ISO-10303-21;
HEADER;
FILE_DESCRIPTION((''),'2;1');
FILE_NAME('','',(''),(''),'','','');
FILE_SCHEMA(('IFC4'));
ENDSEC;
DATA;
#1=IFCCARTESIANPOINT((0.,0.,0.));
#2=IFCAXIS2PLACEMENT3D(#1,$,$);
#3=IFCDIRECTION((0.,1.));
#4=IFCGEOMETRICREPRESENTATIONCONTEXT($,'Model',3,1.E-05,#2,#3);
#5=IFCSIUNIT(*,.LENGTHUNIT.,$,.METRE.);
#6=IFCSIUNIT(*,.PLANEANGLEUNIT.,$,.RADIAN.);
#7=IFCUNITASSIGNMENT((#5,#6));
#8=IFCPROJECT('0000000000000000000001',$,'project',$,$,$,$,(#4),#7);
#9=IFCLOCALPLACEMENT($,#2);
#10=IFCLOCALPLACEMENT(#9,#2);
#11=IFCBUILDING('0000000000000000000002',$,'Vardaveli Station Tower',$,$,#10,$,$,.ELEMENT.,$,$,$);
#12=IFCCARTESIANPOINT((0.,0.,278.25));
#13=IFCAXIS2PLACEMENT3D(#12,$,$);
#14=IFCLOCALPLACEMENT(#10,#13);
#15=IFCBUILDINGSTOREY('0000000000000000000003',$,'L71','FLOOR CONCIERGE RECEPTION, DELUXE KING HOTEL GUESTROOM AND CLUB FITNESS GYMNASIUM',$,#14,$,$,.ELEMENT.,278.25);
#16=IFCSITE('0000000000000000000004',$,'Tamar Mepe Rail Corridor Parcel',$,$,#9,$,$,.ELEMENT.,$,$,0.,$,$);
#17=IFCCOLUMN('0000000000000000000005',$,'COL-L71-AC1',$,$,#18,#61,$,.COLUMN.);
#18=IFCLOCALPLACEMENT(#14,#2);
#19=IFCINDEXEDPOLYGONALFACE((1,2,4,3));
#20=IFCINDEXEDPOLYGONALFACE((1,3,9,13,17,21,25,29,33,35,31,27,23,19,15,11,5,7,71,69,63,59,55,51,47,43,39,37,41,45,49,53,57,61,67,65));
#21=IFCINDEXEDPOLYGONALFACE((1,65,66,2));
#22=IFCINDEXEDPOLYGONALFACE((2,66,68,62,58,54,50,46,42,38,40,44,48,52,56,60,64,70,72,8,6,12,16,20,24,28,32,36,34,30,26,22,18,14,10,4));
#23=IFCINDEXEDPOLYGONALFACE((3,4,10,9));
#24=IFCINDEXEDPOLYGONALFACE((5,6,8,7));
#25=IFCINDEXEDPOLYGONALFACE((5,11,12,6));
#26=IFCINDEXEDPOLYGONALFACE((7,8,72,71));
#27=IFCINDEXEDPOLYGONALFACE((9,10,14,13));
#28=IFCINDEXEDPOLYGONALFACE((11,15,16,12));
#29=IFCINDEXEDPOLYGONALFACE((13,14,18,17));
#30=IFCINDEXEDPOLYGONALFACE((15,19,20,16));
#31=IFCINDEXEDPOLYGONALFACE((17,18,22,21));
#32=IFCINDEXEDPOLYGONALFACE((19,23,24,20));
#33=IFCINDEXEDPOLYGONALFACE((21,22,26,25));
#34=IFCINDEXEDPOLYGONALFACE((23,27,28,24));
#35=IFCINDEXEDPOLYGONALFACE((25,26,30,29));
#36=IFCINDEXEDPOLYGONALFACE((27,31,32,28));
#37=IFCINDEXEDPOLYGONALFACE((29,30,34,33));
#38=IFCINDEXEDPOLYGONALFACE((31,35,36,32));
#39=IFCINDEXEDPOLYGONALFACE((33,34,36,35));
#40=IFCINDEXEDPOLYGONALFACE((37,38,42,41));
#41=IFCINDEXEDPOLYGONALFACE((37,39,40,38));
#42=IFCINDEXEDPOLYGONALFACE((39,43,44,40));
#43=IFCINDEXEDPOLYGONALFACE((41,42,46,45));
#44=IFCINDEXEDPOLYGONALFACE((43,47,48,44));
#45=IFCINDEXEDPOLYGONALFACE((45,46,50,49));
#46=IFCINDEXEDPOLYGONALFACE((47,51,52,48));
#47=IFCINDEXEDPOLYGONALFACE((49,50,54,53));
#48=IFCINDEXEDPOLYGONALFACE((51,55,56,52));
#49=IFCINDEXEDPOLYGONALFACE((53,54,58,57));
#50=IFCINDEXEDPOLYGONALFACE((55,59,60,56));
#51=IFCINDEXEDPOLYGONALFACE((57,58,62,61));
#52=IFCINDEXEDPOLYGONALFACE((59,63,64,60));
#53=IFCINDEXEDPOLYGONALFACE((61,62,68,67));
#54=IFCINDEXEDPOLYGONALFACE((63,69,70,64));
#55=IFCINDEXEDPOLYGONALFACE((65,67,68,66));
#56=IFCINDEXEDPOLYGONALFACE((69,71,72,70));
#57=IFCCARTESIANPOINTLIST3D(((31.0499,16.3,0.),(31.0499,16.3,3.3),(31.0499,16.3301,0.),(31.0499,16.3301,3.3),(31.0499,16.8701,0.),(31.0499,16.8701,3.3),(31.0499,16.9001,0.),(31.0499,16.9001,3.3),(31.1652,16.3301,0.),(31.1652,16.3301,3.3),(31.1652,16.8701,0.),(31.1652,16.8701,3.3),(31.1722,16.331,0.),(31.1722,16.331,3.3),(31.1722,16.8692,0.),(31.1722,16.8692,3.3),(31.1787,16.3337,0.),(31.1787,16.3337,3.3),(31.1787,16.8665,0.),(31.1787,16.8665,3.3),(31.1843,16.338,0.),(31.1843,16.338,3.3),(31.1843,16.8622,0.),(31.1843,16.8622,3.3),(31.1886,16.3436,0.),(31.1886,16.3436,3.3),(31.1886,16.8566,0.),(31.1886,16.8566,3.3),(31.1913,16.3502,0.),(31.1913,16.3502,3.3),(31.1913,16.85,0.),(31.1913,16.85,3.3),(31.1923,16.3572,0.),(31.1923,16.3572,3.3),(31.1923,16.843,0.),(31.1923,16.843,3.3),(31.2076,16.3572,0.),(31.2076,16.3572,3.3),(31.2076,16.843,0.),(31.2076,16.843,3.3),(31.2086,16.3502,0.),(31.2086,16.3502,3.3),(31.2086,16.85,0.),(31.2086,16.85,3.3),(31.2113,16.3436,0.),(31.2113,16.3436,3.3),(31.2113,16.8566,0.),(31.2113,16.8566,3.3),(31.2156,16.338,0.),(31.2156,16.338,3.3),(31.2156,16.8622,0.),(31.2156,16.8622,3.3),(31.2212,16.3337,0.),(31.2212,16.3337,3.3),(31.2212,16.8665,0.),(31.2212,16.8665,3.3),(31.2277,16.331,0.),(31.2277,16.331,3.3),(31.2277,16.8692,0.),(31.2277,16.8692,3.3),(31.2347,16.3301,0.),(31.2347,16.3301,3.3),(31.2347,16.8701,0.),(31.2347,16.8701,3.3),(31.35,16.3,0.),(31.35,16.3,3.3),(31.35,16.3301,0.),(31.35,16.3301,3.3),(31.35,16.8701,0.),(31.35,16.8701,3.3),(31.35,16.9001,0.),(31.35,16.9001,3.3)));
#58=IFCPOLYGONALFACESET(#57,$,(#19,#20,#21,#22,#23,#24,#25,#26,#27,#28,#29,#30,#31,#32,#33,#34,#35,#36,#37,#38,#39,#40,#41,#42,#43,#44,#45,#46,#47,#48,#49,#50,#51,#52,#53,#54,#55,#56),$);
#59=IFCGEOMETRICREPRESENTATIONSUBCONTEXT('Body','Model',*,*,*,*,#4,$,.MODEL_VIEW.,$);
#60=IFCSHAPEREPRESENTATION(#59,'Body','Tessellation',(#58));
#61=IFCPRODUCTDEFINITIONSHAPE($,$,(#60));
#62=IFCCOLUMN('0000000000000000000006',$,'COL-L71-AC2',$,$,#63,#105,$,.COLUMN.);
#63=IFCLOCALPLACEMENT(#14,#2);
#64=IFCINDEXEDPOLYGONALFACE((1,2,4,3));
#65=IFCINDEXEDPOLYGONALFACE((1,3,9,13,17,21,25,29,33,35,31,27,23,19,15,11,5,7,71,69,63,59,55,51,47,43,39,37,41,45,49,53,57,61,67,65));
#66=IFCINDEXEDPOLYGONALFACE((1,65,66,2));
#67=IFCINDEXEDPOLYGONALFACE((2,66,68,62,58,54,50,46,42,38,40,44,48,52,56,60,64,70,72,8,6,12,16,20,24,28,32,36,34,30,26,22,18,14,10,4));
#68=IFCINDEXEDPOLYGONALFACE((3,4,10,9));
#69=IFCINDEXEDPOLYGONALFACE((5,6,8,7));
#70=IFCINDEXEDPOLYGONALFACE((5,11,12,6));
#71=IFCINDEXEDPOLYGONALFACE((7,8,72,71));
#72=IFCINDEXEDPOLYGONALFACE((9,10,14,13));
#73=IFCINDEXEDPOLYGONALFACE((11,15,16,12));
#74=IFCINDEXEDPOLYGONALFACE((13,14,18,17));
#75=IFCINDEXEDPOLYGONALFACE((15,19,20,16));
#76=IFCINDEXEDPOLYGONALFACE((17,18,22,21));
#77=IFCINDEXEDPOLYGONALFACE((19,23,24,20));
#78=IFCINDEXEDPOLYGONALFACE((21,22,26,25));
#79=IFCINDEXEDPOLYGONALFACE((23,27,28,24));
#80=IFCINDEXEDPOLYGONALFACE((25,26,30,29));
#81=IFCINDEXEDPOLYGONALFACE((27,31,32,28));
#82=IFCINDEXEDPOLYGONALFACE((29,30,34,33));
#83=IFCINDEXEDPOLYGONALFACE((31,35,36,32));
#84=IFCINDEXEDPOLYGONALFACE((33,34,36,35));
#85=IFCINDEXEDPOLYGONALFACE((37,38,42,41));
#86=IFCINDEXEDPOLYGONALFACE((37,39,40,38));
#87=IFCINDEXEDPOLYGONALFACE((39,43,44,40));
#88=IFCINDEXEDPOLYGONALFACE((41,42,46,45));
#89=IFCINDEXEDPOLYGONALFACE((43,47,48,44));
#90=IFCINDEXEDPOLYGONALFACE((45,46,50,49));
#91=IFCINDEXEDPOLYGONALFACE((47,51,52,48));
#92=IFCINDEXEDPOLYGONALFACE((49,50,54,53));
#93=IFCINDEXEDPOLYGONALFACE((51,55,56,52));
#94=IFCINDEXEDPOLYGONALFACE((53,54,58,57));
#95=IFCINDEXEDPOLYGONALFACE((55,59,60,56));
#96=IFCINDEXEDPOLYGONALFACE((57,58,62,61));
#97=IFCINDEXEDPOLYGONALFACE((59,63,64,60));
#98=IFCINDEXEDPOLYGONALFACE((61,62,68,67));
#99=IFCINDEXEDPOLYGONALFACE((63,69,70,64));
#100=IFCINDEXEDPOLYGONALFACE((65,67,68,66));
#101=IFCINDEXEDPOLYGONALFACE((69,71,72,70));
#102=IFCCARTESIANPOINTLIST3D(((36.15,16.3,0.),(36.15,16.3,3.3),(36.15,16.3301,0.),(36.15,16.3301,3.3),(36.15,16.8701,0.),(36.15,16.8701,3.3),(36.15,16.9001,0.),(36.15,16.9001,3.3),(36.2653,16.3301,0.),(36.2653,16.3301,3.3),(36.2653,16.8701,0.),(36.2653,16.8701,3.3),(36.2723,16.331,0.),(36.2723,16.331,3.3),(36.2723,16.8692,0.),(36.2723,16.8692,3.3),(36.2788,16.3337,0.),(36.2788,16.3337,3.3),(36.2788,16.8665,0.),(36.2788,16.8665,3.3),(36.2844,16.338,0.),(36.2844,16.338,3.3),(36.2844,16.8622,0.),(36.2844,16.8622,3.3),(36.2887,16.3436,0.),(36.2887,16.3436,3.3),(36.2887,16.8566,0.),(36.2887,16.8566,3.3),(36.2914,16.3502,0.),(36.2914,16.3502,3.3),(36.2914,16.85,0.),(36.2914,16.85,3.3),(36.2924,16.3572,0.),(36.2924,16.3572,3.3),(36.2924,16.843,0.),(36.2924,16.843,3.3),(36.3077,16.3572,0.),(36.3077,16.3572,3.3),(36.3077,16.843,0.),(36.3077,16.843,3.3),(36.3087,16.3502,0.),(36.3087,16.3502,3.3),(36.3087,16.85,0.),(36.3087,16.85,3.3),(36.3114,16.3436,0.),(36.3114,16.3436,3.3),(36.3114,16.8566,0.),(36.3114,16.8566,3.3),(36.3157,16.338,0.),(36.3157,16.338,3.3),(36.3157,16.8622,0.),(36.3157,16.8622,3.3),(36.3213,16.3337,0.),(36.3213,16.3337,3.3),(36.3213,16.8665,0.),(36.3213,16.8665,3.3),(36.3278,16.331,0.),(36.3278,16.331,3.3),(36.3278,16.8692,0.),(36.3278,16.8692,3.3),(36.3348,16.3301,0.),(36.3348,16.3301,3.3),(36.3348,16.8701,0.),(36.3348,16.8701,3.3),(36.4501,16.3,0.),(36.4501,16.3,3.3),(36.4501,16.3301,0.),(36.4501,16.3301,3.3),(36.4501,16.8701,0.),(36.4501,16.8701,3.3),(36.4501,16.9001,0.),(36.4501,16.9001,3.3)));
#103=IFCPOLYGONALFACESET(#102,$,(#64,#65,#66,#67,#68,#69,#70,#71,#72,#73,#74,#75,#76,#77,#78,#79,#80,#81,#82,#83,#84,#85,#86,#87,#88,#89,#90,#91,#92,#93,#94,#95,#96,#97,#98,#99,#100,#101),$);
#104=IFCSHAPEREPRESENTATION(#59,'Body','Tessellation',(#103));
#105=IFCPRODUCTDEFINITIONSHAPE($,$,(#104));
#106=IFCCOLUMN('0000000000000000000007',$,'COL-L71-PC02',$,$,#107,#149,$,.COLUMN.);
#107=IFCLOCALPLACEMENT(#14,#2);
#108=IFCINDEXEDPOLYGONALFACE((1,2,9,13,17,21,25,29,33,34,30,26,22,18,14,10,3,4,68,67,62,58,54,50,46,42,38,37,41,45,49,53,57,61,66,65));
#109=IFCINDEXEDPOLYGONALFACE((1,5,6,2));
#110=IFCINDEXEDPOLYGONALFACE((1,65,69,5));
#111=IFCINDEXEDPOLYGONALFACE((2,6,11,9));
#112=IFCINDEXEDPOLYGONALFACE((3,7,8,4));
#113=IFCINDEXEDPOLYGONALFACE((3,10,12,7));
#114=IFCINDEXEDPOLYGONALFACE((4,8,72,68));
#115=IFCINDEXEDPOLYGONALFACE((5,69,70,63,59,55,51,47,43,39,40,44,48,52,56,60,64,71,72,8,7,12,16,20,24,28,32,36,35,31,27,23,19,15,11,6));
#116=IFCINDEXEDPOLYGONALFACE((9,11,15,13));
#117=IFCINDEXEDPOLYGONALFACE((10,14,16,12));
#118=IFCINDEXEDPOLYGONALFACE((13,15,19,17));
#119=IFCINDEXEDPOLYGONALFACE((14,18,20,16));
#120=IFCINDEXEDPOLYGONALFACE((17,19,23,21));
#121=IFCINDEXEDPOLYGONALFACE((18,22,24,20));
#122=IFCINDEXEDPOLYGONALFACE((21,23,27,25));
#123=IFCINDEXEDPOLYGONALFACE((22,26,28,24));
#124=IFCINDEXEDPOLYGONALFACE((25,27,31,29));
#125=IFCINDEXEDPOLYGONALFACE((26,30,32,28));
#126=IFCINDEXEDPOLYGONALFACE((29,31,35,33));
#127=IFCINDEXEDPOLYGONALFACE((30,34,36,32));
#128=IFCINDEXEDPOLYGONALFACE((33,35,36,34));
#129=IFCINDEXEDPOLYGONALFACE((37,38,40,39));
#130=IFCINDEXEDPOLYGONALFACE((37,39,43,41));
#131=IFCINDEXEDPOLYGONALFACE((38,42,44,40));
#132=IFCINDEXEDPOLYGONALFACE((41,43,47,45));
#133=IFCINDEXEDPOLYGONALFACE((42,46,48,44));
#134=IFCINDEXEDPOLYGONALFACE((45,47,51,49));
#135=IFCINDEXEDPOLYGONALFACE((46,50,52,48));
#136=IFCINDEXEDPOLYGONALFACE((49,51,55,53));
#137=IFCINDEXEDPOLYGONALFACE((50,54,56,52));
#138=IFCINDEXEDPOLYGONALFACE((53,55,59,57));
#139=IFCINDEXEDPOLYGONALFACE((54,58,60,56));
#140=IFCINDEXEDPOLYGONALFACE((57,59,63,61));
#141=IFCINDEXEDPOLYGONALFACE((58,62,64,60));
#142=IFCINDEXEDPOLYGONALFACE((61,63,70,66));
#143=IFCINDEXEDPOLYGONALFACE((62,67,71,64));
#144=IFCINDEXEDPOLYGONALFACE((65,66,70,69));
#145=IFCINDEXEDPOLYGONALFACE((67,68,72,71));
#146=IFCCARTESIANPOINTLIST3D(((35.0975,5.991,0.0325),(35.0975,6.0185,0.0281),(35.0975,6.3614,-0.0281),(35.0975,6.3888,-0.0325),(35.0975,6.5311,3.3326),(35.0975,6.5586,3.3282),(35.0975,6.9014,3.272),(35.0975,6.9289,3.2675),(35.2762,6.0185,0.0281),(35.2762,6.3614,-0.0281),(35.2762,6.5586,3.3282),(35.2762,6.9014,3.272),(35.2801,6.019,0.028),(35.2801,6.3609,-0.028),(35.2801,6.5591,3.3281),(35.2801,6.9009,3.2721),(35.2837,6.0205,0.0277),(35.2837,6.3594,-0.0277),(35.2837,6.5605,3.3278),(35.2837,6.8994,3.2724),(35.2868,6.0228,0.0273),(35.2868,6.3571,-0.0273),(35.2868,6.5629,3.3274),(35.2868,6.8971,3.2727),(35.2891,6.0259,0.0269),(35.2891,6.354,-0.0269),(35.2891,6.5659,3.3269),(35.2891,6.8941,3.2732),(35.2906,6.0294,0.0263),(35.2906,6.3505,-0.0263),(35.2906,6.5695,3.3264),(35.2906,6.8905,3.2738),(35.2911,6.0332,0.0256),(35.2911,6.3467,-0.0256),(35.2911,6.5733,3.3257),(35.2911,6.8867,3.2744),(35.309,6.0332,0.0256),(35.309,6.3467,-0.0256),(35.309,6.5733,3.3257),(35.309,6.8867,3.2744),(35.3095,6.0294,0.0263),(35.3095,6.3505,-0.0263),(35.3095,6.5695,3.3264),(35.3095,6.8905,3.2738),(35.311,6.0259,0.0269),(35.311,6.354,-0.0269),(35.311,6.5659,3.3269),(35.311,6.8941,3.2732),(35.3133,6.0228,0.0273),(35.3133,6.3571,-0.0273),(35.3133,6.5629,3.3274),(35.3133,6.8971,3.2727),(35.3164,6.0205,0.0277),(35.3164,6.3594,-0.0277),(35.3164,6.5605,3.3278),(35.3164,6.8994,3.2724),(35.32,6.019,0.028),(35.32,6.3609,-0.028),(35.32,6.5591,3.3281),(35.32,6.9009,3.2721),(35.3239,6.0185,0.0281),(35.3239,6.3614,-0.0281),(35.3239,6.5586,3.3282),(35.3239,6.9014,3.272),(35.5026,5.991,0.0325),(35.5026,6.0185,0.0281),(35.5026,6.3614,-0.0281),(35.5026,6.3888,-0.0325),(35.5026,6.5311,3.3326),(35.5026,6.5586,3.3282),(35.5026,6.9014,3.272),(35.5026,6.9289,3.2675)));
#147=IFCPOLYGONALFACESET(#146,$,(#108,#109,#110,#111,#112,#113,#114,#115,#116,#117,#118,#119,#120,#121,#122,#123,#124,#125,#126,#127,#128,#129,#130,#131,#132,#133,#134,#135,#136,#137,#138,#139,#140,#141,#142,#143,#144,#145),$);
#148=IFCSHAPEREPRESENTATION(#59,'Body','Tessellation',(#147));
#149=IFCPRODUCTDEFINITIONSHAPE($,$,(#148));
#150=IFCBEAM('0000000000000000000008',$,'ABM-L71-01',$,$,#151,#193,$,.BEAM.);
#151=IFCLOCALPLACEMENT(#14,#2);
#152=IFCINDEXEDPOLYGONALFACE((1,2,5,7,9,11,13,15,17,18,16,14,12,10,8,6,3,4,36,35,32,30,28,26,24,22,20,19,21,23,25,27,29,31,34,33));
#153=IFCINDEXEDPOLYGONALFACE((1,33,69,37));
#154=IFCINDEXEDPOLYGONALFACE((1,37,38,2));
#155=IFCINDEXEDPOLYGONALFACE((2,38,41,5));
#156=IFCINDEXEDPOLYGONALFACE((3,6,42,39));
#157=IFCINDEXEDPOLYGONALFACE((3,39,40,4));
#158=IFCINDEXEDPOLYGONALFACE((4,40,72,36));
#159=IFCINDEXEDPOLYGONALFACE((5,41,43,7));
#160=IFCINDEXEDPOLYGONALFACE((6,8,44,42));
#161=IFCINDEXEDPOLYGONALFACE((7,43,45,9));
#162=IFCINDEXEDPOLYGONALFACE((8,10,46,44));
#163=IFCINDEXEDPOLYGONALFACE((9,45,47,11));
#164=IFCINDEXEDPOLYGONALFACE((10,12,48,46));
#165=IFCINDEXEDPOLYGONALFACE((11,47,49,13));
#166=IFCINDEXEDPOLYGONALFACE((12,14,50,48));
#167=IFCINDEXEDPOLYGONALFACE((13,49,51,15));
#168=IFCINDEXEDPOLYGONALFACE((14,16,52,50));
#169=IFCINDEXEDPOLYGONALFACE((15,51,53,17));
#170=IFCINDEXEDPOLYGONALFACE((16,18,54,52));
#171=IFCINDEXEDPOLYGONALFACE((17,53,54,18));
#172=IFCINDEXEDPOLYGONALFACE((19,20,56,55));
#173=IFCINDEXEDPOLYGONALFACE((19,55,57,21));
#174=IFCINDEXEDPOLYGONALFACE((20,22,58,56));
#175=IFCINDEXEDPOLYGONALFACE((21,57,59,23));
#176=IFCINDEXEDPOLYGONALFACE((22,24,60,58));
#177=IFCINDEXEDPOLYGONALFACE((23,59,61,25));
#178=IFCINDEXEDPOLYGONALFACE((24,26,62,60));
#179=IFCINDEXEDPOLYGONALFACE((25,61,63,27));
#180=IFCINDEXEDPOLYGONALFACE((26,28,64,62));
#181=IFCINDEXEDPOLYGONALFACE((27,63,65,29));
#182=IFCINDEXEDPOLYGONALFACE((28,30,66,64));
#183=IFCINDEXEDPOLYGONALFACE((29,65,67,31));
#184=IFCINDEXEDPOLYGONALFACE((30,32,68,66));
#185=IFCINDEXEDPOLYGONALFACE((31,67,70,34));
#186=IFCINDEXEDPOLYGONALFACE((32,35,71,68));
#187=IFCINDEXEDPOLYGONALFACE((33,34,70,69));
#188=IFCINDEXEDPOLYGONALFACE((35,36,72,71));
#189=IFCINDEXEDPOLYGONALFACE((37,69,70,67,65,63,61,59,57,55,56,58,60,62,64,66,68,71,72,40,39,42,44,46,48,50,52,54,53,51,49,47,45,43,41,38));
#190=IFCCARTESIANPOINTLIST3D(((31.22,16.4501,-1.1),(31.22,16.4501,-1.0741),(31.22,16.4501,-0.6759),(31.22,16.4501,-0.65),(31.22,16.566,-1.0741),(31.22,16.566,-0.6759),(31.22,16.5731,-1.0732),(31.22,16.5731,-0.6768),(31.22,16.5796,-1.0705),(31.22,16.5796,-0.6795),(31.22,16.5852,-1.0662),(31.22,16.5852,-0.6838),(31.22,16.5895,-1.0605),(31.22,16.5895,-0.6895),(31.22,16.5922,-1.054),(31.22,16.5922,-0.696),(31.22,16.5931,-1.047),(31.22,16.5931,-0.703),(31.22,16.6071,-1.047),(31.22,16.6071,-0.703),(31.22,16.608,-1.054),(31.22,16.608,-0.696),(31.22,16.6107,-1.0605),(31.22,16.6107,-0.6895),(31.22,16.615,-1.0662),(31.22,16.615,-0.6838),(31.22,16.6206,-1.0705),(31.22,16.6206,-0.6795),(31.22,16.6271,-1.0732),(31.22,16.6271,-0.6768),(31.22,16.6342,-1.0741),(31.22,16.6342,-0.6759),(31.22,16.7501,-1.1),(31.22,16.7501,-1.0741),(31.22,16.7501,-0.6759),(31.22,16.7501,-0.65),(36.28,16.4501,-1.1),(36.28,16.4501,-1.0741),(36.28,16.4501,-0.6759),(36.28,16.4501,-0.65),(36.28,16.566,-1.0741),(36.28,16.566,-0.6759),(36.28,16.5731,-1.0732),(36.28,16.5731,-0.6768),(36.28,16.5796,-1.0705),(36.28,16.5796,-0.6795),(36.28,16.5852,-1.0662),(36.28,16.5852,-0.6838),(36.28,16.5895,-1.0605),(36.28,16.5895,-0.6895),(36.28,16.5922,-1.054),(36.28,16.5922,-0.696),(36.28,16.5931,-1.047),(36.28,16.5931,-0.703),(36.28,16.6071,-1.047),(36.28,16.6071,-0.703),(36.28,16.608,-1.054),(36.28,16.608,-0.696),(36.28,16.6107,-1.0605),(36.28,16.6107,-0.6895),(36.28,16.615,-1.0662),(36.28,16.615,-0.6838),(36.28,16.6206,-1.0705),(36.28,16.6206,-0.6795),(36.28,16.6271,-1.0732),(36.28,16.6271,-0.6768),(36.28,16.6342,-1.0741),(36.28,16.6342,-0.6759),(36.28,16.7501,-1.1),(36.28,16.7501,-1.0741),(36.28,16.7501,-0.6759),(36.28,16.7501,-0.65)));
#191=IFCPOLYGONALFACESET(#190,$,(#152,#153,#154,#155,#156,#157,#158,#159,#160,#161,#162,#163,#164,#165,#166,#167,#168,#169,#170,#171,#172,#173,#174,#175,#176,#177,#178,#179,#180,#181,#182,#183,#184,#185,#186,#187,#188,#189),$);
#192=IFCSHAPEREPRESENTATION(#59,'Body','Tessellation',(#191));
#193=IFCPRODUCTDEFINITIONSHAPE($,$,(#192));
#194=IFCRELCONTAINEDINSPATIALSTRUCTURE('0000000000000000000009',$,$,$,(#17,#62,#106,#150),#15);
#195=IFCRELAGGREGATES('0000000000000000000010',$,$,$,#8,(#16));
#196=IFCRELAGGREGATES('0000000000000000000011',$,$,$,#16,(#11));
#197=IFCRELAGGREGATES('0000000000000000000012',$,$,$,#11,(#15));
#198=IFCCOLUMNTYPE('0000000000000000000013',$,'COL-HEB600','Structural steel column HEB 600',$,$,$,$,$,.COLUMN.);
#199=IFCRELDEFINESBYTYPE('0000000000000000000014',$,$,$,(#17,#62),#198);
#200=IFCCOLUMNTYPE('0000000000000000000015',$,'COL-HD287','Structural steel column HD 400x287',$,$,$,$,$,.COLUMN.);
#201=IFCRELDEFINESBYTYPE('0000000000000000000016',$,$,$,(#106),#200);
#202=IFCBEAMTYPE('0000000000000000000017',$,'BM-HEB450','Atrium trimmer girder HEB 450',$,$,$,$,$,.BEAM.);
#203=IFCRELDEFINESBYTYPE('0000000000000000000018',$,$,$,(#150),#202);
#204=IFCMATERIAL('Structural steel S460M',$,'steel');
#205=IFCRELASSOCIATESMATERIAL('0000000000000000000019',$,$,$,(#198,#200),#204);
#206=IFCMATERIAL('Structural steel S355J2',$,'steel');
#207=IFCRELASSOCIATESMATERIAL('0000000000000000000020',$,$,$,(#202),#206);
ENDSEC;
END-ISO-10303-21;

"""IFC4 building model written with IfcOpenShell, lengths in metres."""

from ifc_helpers import new_model, si_unit, direction, frame, origin, origin_2d, place, context, subcontext, project, spatial, i_section, extrude, source, transform, mapped, material, material_profile, profile_set, type_object, element, save


model = new_model("IFC4")

# Units and contexts
model_context = context("Model", 3, precision=1e-05, world=origin(), true_north=direction((0.0, 1.0)))
body_context = subcontext(model_context, "Body", "Model", "MODEL_VIEW")
ifc_project = project(units=[si_unit("LENGTHUNIT", "METRE"), si_unit("PLANEANGLEUNIT", "RADIAN")], contexts=[model_context])

# Site, building, storey
site_placement = place(None, origin())
site = spatial("IfcSite", under=ifc_project, at=site_placement, Name="Tamar Mepe Rail Corridor Parcel", CompositionType="ELEMENT", RefElevation=0.0)
building_placement = place(site_placement, origin())
building = spatial("IfcBuilding", under=site, at=building_placement, Name="Vardaveli Station Tower", CompositionType="ELEMENT")
storey_placement = place(building_placement, frame((0.0, 0.0, 278.25)))
storey = spatial("IfcBuildingStorey", under=building, at=storey_placement, Name="L71", Description="FLOOR CONCIERGE RECEPTION, DELUXE KING HOTEL GUESTROOM AND CLUB FITNESS GYMNASIUM", CompositionType="ELEMENT", Elevation=278.25)

# Columns
ifc_material_1 = material(Name="Structural steel S460M", Category="steel")
ifc_material_profile_1 = material_profile(ifc_material_1, i_section(OverallWidth=0.3, OverallDepth=0.6001, WebThickness=0.0154, FlangeThickness=0.03, FilletRadius=0.0271, at=origin_2d()), Name="HEB 600")
ifc_profile_set_1 = profile_set([ifc_material_profile_1], Name="Structural steel S460M")
column_type_1 = type_object("IfcColumnType", Name="COL-HEB600", Description="Structural steel column HEB 600", PredefinedType="COLUMN", material=ifc_profile_set_1)
shared_shape_1 = source(origin(), body_context, "Body", "SweptSolid", [
    extrude(i_section(OverallWidth=0.3, OverallDepth=0.6001, WebThickness=0.0154, FlangeThickness=0.03, FilletRadius=0.0271, at=origin_2d()), origin(), (0.0, 0.0, 1.0), 3.3),
])
for number, where, z_axis, x_axis, name in (
    (1, (31.2, 16.6001, 0.0), (0.0, 0.0, 1.0), (1.0, 0.0, 0.0), "COL-L71-AC1"),
    (2, (36.3, 16.6001, 0.0), (0.0, 0.0, 1.0), (1.0, 0.0, 0.0), "COL-L71-AC2"),
):
    element("IfcColumn", number, at=place(storey_placement, frame(where, z_axis=z_axis, x_axis=x_axis)), inside=storey, type_object=column_type_1, Name=name, PredefinedType="COLUMN", context=body_context, shape_type="MappedRepresentation", body=[
        mapped(shared_shape_1, transform((0.0, 0.0, 0.0), scale=1.0)),
    ])
ifc_material_profile_2 = material_profile(ifc_material_1, i_section(OverallWidth=0.405, OverallDepth=0.4031, WebThickness=0.0178, FlangeThickness=0.0278, FilletRadius=0.0149, at=origin_2d()), Name="HD 400x287")
ifc_profile_set_2 = profile_set([ifc_material_profile_2], Name="Structural steel S460M")
column_type_2 = type_object("IfcColumnType", Name="COL-HD287", Description="Structural steel column HD 400x287", PredefinedType="COLUMN", material=ifc_profile_set_2)
shared_shape_2 = source(origin(), body_context, "Body", "SweptSolid", [
    extrude(i_section(OverallWidth=0.405, OverallDepth=0.4031, WebThickness=0.0178, FlangeThickness=0.0278, FilletRadius=0.0149, at=origin_2d()), origin(), (0.0, 0.0, 1.0), 3.344),
])
column_placement = place(storey_placement, frame((35.3, 6.1899, 0.0), z_axis=(0.0, 0.161498, 0.986873), x_axis=(-1.0, 0.0, 0.0)))
element("IfcColumn", 3, at=column_placement, inside=storey, type_object=column_type_2, Name="COL-L71-PC02", PredefinedType="COLUMN", context=body_context, shape_type="MappedRepresentation", body=[
    mapped(shared_shape_2, transform((0.0, 0.0, 0.0), scale=1.0)),
])

# Beam
ifc_material_2 = material(Name="Structural steel S355J2", Category="steel")
ifc_material_profile_3 = material_profile(ifc_material_2, i_section(OverallWidth=0.3, OverallDepth=0.45, WebThickness=0.0139, FlangeThickness=0.0259, FilletRadius=0.0271, at=origin_2d()), Name="HEB 450")
ifc_profile_set_3 = profile_set([ifc_material_profile_3], Name="Structural steel S355J2")
beam_type_1 = type_object("IfcBeamType", Name="BM-HEB450", Description="Atrium trimmer girder HEB 450", PredefinedType="BEAM", material=ifc_profile_set_3)
shared_shape_3 = source(origin(), body_context, "Body", "SweptSolid", [
    extrude(i_section(OverallWidth=0.3, OverallDepth=0.45, WebThickness=0.0139, FlangeThickness=0.0259, FilletRadius=0.0271, at=origin_2d()), origin(), (0.0, 0.0, 1.0), 5.0601),
])
beam_1_placement = place(storey_placement, frame((31.22, 16.6001, -0.875), z_axis=(1.0, 0.0, 0.0), x_axis=(0.0, 1.0, 0.0)))
element("IfcBeam", 4, at=beam_1_placement, inside=storey, type_object=beam_type_1, Name="ABM-L71-01", PredefinedType="BEAM", context=body_context, shape_type="MappedRepresentation", body=[
    mapped(shared_shape_3, transform((0.0, 0.0, 0.0), scale=1.0)),
])

save(model, "model.ifc")
